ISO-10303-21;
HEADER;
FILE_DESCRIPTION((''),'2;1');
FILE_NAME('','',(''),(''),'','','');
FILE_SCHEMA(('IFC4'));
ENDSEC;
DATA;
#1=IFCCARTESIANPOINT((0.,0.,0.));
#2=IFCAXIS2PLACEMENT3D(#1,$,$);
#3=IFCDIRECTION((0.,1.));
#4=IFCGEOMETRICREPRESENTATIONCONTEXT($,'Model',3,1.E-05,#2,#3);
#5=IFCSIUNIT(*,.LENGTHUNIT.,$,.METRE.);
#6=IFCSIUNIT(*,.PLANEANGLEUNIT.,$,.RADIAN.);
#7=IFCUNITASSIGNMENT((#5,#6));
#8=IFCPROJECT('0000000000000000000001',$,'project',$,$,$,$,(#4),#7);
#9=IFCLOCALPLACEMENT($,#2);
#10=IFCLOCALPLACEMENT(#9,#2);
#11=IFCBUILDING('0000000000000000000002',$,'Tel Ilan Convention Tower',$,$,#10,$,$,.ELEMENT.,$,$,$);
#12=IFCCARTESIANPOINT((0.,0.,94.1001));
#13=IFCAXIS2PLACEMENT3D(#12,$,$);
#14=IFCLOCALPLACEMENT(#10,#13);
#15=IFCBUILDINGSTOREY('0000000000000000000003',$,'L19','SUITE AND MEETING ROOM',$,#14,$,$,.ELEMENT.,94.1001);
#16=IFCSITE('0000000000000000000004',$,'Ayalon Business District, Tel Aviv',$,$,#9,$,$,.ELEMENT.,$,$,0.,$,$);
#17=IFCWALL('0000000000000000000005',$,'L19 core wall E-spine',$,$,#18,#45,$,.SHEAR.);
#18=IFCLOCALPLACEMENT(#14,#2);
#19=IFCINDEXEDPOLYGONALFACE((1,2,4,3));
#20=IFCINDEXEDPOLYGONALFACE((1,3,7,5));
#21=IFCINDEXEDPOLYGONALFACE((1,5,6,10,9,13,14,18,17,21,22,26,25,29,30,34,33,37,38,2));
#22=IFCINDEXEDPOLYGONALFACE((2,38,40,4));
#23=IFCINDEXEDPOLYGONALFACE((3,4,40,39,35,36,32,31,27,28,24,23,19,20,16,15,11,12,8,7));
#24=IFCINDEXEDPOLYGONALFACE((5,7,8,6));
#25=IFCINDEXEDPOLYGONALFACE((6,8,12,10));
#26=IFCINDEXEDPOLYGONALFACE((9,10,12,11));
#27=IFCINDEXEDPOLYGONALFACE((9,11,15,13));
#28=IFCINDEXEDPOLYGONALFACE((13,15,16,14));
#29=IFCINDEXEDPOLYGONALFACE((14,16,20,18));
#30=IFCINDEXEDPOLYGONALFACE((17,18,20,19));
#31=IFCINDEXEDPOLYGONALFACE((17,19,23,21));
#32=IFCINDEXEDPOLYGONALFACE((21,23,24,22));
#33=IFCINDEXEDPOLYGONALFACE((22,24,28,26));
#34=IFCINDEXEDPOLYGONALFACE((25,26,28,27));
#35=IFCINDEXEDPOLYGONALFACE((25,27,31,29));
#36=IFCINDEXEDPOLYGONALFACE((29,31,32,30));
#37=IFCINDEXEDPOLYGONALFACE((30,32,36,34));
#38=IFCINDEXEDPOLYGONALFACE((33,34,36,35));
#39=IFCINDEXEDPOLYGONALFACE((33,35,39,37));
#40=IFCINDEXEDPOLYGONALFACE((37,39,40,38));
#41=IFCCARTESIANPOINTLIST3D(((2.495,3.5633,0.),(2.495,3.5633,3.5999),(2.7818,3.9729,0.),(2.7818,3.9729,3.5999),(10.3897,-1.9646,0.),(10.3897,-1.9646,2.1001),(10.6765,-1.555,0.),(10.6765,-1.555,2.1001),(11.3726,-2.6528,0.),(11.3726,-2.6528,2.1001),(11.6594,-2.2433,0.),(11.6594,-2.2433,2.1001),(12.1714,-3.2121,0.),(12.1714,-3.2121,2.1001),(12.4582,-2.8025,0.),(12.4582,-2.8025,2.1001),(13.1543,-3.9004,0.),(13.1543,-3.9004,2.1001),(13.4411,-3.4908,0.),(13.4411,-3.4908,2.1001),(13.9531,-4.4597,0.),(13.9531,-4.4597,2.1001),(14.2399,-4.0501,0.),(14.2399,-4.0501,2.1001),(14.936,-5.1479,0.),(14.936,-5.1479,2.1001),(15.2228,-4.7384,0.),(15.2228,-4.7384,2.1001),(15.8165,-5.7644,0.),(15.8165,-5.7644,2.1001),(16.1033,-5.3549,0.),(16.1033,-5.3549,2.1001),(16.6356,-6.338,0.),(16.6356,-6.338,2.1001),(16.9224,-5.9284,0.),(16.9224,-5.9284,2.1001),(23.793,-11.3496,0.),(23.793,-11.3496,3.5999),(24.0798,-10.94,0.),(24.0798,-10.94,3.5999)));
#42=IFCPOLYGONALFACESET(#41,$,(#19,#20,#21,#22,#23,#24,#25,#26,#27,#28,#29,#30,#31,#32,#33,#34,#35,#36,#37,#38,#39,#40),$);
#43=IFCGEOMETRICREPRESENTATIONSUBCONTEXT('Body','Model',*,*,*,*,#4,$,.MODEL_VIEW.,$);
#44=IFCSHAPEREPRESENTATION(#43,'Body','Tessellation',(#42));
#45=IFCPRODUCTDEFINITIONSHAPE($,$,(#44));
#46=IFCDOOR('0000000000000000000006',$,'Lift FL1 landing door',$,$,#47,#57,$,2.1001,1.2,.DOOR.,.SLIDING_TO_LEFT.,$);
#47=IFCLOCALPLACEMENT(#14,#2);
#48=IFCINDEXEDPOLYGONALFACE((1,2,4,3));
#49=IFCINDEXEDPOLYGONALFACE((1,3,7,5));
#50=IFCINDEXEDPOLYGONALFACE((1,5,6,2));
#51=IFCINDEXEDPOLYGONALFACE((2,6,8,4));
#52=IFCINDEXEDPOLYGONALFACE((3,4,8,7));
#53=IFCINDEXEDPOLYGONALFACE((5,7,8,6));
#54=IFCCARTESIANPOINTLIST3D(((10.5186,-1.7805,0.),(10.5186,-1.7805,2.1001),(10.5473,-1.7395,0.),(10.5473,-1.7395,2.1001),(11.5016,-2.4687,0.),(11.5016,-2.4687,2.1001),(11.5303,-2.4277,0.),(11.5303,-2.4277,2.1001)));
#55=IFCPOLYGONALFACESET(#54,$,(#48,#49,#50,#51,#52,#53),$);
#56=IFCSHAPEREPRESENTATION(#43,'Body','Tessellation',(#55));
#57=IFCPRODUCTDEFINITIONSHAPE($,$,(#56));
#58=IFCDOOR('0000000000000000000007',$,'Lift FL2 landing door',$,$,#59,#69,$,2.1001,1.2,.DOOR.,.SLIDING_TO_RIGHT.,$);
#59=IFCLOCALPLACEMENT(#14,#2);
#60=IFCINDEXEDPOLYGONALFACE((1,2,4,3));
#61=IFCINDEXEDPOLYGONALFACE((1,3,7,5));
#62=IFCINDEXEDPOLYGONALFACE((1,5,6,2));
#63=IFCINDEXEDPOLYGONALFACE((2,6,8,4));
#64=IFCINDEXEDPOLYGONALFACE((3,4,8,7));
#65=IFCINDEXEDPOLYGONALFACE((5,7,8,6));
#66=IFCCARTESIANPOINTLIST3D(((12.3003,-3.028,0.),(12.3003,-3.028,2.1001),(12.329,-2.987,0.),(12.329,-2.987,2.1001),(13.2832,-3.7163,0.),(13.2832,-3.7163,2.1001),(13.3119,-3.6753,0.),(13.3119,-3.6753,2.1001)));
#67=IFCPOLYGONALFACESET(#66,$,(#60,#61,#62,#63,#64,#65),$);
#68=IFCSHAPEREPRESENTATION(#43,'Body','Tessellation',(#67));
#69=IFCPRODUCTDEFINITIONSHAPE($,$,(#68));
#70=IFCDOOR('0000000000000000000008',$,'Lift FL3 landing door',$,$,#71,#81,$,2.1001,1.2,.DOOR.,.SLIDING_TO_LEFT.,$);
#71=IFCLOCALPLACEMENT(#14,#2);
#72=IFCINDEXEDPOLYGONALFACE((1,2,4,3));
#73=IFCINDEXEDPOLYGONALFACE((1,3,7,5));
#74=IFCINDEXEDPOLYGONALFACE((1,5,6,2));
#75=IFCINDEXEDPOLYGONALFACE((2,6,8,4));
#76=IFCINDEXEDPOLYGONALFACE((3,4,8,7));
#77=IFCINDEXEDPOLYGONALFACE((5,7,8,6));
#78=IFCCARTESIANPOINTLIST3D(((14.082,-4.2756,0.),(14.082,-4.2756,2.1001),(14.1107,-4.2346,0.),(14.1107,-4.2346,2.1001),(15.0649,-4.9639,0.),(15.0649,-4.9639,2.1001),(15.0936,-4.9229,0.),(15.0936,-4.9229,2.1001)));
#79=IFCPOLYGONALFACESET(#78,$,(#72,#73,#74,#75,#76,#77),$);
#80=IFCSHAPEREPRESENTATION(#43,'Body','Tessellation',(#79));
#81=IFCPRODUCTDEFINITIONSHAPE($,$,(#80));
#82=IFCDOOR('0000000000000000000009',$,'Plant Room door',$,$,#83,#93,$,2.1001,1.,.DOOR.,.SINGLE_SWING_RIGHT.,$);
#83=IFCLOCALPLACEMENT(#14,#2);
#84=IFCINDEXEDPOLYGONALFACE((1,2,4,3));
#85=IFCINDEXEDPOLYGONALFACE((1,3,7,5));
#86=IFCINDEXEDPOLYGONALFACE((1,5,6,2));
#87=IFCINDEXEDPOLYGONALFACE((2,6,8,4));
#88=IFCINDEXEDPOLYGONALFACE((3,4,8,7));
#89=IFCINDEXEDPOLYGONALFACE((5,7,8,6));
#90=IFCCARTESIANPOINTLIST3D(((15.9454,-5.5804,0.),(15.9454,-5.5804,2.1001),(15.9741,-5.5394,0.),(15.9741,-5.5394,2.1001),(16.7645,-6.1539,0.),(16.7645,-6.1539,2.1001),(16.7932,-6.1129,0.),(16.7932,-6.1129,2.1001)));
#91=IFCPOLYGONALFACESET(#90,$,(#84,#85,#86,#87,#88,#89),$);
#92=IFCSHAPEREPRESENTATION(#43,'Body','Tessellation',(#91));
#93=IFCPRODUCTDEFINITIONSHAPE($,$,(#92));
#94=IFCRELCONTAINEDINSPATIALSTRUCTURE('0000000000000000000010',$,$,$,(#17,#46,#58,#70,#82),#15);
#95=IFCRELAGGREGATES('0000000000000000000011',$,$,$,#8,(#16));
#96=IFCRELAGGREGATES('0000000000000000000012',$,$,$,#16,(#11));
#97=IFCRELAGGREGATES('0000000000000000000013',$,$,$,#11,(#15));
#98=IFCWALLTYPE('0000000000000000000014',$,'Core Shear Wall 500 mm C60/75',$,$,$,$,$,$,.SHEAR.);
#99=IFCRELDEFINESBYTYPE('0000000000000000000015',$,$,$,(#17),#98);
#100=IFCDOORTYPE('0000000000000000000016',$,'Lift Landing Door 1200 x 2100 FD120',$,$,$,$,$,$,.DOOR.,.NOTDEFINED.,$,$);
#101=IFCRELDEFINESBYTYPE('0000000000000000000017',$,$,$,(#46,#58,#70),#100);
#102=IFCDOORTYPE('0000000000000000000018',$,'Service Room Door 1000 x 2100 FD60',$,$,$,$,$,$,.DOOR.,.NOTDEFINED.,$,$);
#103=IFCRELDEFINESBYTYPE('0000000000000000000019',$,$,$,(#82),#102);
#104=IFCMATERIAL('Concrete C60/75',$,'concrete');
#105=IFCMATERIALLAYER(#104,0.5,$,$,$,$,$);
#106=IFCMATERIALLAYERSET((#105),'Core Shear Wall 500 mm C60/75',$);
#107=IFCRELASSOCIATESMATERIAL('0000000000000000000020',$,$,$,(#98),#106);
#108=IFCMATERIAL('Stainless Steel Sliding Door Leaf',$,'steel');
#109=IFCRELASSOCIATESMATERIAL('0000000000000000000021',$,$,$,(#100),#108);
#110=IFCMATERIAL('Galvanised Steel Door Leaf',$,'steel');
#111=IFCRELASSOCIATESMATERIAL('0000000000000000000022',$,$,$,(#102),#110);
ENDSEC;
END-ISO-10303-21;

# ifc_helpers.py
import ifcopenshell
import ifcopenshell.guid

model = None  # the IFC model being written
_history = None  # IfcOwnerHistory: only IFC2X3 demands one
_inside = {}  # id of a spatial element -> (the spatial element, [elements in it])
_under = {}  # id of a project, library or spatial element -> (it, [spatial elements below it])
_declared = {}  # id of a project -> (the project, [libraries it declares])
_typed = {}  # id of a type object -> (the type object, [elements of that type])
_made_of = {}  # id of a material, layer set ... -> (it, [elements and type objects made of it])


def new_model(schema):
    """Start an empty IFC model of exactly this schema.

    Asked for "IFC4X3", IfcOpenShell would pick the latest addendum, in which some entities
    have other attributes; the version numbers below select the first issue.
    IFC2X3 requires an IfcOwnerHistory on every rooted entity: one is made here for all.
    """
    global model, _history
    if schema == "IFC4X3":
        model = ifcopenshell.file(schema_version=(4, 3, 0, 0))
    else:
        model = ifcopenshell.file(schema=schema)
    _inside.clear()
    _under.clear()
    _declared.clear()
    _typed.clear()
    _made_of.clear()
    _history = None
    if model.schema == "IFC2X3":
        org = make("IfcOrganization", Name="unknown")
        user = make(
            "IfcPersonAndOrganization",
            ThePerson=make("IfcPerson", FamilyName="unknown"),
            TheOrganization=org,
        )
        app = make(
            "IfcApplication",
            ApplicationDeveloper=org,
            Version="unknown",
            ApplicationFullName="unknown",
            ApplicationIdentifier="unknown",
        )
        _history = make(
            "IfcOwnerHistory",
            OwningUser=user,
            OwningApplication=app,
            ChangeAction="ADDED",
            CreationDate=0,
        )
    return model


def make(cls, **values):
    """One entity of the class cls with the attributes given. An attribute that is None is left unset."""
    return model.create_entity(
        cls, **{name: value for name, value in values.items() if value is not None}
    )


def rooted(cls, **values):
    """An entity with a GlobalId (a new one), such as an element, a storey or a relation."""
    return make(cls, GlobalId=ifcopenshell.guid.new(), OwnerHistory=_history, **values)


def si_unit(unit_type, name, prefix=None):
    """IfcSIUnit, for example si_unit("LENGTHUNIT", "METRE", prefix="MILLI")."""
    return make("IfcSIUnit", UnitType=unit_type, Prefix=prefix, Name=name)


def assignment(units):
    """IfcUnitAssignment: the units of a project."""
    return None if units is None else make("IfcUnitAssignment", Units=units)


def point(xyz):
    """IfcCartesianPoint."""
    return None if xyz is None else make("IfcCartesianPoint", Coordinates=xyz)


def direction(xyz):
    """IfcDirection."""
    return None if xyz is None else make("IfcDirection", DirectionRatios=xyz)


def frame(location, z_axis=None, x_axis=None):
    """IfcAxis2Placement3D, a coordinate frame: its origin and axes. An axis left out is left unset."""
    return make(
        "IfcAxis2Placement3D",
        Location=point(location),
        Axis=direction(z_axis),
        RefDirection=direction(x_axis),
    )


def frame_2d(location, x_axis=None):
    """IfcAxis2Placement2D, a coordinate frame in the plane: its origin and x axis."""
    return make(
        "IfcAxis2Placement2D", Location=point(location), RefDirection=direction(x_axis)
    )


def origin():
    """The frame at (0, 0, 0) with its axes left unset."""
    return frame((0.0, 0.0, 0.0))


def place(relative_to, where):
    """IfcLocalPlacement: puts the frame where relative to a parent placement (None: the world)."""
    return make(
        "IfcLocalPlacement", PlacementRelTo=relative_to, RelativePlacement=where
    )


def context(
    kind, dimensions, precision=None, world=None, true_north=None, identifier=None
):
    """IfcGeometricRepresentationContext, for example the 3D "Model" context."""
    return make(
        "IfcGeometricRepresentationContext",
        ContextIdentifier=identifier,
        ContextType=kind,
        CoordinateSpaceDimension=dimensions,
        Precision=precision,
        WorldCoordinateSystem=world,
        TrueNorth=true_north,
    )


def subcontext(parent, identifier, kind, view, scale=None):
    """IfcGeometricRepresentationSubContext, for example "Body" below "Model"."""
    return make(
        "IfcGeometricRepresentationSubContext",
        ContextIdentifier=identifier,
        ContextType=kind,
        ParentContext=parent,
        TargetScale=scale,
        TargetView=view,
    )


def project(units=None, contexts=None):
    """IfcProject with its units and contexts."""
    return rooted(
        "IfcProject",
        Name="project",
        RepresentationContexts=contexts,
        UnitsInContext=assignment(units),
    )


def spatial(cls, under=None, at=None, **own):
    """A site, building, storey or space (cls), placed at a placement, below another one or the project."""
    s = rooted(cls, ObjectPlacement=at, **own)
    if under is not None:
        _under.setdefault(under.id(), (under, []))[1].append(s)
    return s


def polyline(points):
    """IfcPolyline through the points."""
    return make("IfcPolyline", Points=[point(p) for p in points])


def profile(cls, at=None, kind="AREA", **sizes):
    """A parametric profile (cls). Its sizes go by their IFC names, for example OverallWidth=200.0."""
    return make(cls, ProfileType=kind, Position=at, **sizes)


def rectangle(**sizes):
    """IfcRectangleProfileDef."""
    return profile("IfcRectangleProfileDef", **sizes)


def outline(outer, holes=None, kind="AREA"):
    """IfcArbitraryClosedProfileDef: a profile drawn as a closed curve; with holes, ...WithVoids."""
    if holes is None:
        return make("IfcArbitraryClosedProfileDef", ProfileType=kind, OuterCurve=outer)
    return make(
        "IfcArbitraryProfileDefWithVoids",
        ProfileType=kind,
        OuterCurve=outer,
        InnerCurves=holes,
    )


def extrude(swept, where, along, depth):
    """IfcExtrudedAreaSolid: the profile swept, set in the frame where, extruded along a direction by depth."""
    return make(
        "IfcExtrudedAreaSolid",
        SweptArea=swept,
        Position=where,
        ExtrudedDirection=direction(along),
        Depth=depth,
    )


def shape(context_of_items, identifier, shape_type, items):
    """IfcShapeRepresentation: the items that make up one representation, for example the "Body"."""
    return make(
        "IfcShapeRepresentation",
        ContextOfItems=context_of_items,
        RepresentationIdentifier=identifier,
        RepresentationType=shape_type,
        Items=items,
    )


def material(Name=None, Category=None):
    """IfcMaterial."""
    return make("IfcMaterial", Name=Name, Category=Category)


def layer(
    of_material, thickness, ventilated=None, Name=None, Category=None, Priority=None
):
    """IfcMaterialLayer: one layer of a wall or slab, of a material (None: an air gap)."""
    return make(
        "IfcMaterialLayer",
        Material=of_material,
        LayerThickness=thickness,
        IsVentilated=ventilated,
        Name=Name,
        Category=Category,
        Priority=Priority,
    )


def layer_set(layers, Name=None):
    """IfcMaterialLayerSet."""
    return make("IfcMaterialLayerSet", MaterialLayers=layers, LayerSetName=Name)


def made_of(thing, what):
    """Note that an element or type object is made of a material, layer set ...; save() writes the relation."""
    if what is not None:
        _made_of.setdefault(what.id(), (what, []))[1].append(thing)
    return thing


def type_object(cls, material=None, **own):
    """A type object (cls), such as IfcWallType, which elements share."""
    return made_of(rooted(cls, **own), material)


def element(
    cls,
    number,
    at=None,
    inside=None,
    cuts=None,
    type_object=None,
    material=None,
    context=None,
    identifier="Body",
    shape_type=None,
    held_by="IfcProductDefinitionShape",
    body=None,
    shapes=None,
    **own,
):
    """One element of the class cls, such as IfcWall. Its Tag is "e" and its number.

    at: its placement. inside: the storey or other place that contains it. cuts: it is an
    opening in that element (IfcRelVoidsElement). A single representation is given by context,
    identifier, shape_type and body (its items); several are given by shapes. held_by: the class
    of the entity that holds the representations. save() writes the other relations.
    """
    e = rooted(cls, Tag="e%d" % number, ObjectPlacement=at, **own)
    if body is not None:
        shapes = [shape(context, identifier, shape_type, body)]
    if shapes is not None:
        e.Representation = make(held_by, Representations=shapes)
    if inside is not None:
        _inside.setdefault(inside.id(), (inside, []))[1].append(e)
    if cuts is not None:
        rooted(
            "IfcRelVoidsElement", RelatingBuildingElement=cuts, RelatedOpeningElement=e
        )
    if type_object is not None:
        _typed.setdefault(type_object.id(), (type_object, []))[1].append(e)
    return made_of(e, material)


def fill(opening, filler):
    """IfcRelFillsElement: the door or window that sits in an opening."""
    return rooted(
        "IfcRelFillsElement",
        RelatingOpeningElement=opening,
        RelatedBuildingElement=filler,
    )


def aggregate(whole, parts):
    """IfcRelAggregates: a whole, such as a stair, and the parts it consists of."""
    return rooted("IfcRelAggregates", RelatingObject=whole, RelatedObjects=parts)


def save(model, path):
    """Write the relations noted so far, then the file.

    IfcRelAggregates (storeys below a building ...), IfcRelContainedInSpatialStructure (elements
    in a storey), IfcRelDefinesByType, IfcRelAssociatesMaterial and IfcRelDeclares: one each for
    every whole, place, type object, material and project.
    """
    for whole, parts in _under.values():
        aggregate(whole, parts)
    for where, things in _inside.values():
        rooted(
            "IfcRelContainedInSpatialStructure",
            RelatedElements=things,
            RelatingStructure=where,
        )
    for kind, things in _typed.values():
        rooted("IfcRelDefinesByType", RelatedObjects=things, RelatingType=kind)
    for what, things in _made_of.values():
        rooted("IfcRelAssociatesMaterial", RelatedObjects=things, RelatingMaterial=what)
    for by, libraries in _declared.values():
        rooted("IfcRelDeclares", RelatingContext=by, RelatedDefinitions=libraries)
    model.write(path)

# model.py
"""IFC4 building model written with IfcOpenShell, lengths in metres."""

from ifc_helpers import new_model, si_unit, direction, frame, frame_2d, origin, place, context, subcontext, project, spatial, polyline, rectangle, outline, extrude, material, layer, layer_set, type_object, element, fill, save


model = new_model("IFC4")

# Units and contexts
model_context = context("Model", 3, precision=1e-05, world=origin(), true_north=direction((0.0, 1.0)))
body_context = subcontext(model_context, "Body", "Model", "MODEL_VIEW")
ifc_project = project(units=[si_unit("LENGTHUNIT", "METRE"), si_unit("PLANEANGLEUNIT", "RADIAN")], contexts=[model_context])

# Site, building, storey
site_placement = place(None, origin())
site = spatial("IfcSite", under=ifc_project, at=site_placement, Name="Ayalon Business District, Tel Aviv", CompositionType="ELEMENT", RefElevation=0.0)
building_placement = place(site_placement, origin())
building = spatial("IfcBuilding", under=site, at=building_placement, Name="Tel Ilan Convention Tower", CompositionType="ELEMENT")
storey_placement = place(building_placement, frame((0.0, 0.0, 94.1001)))
storey = spatial("IfcBuildingStorey", under=building, at=storey_placement, Name="L19", Description="SUITE AND MEETING ROOM", CompositionType="ELEMENT", Elevation=94.1001)

# Wall, openings, doors
ifc_material_1 = material(Name="Concrete C60/75", Category="concrete")
ifc_layer_1 = layer(ifc_material_1, 0.5)
ifc_layer_set_1 = layer_set([ifc_layer_1], Name="Core Shear Wall 500 mm C60/75")
wall_type_1 = type_object("IfcWallType", Name="Core Shear Wall 500 mm C60/75", PredefinedType="SHEAR", material=ifc_layer_set_1)
wall_1_placement = place(storey_placement, frame((2.6384, 3.7681, 0.0), z_axis=(0.0, 0.0, 1.0), x_axis=(0.819149, -0.573581, 0.0)))
wall_1 = element("IfcWall", 1, at=wall_1_placement, inside=storey, type_object=wall_type_1, Name="L19 core wall E-spine", PredefinedType="SHEAR", context=body_context, shape_type="SweptSolid", body=[
    extrude(outline(polyline([(0.0, 0.25), (0.0, -0.25), (26.0, -0.2498), (26.0, 0.2502), (0.0, 0.25)])), origin(), (0.0, 0.0, 1.0), 3.5999),
])
opening_1_placement = place(wall_1_placement, frame((9.6375, 0.0, 0.0)))
opening_1 = element("IfcOpeningElement", 2, at=opening_1_placement, cuts=wall_1, PredefinedType="OPENING", context=body_context, shape_type="SweptSolid", body=[
    extrude(rectangle(XDim=1.2, YDim=2.1001, at=frame_2d((0.6001, 1.05))), frame((0.0, 0.26, 0.0), z_axis=(0.0, -1.0, 0.0), x_axis=(1.0, 0.0, 0.0)), (0.0, 0.0, 1.0), 0.52),
])
opening_2_placement = place(wall_1_placement, frame((11.8125, 0.0, 0.0)))
opening_2 = element("IfcOpeningElement", 3, at=opening_2_placement, cuts=wall_1, PredefinedType="OPENING", context=body_context, shape_type="SweptSolid", body=[
    extrude(rectangle(XDim=1.2, YDim=2.1001, at=frame_2d((0.6001, 1.05))), frame((0.0, 0.26, 0.0), z_axis=(0.0, -1.0, 0.0), x_axis=(1.0, 0.0, 0.0)), (0.0, 0.0, 1.0), 0.52),
])
opening_3_placement = place(wall_1_placement, frame((13.9875, 0.0, 0.0)))
opening_3 = element("IfcOpeningElement", 4, at=opening_3_placement, cuts=wall_1, PredefinedType="OPENING", context=body_context, shape_type="SweptSolid", body=[
    extrude(rectangle(XDim=1.2, YDim=2.1001, at=frame_2d((0.6001, 1.05))), frame((0.0, 0.26, 0.0), z_axis=(0.0, -1.0, 0.0), x_axis=(1.0, 0.0, 0.0)), (0.0, 0.0, 1.0), 0.52),
])
opening_4_placement = place(wall_1_placement, frame((16.2625, 0.0, 0.0)))
opening_4 = element("IfcOpeningElement", 5, at=opening_4_placement, cuts=wall_1, PredefinedType="OPENING", context=body_context, shape_type="SweptSolid", body=[
    extrude(rectangle(XDim=1.0, YDim=2.1001, at=frame_2d((0.5, 1.05))), frame((0.0, 0.26, 0.0), z_axis=(0.0, -1.0, 0.0), x_axis=(1.0, 0.0, 0.0)), (0.0, 0.0, 1.0), 0.52),
])
ifc_material_2 = material(Name="Stainless Steel Sliding Door Leaf", Category="steel")
door_type_1 = type_object("IfcDoorType", Name="Lift Landing Door 1200 x 2100 FD120", OperationType="NOTDEFINED", PredefinedType="DOOR", material=ifc_material_2)
door_1_placement = place(opening_1_placement, origin())
door_1 = element("IfcDoor", 6, at=door_1_placement, inside=storey, type_object=door_type_1, Name="Lift FL1 landing door", OperationType="SLIDING_TO_LEFT", OverallHeight=2.1001, OverallWidth=1.2, PredefinedType="DOOR", context=body_context, shape_type="SweptSolid", body=[
    extrude(rectangle(XDim=1.2, YDim=2.1001, at=frame_2d((0.6001, 1.05))), frame((0.0, 0.0249, 0.0), z_axis=(0.0, -1.0, 0.0), x_axis=(1.0, 0.0, 0.0)), (0.0, 0.0, 1.0), 0.05),
])
fill(opening_1, door_1)
door_2_placement = place(opening_2_placement, origin())
door_2 = element("IfcDoor", 7, at=door_2_placement, inside=storey, type_object=door_type_1, Name="Lift FL2 landing door", OperationType="SLIDING_TO_RIGHT", OverallHeight=2.1001, OverallWidth=1.2, PredefinedType="DOOR", context=body_context, shape_type="SweptSolid", body=[
    extrude(rectangle(XDim=1.2, YDim=2.1001, at=frame_2d((0.6001, 1.05))), frame((0.0, 0.0249, 0.0), z_axis=(0.0, -1.0, 0.0), x_axis=(1.0, 0.0, 0.0)), (0.0, 0.0, 1.0), 0.05),
])
fill(opening_2, door_2)
door_3_placement = place(opening_3_placement, origin())
door_3 = element("IfcDoor", 8, at=door_3_placement, inside=storey, type_object=door_type_1, Name="Lift FL3 landing door", OperationType="SLIDING_TO_LEFT", OverallHeight=2.1001, OverallWidth=1.2, PredefinedType="DOOR", context=body_context, shape_type="SweptSolid", body=[
    extrude(rectangle(XDim=1.2, YDim=2.1001, at=frame_2d((0.6001, 1.05))), frame((0.0, 0.0249, 0.0), z_axis=(0.0, -1.0, 0.0), x_axis=(1.0, 0.0, 0.0)), (0.0, 0.0, 1.0), 0.05),
])
fill(opening_3, door_3)
ifc_material_3 = material(Name="Galvanised Steel Door Leaf", Category="steel")
door_type_2 = type_object("IfcDoorType", Name="Service Room Door 1000 x 2100 FD60", OperationType="NOTDEFINED", PredefinedType="DOOR", material=ifc_material_3)
door_4_placement = place(opening_4_placement, origin())
door_4 = element("IfcDoor", 9, at=door_4_placement, inside=storey, type_object=door_type_2, Name="Plant Room door", OperationType="SINGLE_SWING_RIGHT", OverallHeight=2.1001, OverallWidth=1.0, PredefinedType="DOOR", context=body_context, shape_type="SweptSolid", body=[
    extrude(rectangle(XDim=1.0, YDim=2.1001, at=frame_2d((0.5, 1.05))), frame((0.0, 0.0249, 0.0), z_axis=(0.0, -1.0, 0.0), x_axis=(1.0, 0.0, 0.0)), (0.0, 0.0, 1.0), 0.05),
])
fill(opening_4, door_4)

save(model, "model.ifc")
